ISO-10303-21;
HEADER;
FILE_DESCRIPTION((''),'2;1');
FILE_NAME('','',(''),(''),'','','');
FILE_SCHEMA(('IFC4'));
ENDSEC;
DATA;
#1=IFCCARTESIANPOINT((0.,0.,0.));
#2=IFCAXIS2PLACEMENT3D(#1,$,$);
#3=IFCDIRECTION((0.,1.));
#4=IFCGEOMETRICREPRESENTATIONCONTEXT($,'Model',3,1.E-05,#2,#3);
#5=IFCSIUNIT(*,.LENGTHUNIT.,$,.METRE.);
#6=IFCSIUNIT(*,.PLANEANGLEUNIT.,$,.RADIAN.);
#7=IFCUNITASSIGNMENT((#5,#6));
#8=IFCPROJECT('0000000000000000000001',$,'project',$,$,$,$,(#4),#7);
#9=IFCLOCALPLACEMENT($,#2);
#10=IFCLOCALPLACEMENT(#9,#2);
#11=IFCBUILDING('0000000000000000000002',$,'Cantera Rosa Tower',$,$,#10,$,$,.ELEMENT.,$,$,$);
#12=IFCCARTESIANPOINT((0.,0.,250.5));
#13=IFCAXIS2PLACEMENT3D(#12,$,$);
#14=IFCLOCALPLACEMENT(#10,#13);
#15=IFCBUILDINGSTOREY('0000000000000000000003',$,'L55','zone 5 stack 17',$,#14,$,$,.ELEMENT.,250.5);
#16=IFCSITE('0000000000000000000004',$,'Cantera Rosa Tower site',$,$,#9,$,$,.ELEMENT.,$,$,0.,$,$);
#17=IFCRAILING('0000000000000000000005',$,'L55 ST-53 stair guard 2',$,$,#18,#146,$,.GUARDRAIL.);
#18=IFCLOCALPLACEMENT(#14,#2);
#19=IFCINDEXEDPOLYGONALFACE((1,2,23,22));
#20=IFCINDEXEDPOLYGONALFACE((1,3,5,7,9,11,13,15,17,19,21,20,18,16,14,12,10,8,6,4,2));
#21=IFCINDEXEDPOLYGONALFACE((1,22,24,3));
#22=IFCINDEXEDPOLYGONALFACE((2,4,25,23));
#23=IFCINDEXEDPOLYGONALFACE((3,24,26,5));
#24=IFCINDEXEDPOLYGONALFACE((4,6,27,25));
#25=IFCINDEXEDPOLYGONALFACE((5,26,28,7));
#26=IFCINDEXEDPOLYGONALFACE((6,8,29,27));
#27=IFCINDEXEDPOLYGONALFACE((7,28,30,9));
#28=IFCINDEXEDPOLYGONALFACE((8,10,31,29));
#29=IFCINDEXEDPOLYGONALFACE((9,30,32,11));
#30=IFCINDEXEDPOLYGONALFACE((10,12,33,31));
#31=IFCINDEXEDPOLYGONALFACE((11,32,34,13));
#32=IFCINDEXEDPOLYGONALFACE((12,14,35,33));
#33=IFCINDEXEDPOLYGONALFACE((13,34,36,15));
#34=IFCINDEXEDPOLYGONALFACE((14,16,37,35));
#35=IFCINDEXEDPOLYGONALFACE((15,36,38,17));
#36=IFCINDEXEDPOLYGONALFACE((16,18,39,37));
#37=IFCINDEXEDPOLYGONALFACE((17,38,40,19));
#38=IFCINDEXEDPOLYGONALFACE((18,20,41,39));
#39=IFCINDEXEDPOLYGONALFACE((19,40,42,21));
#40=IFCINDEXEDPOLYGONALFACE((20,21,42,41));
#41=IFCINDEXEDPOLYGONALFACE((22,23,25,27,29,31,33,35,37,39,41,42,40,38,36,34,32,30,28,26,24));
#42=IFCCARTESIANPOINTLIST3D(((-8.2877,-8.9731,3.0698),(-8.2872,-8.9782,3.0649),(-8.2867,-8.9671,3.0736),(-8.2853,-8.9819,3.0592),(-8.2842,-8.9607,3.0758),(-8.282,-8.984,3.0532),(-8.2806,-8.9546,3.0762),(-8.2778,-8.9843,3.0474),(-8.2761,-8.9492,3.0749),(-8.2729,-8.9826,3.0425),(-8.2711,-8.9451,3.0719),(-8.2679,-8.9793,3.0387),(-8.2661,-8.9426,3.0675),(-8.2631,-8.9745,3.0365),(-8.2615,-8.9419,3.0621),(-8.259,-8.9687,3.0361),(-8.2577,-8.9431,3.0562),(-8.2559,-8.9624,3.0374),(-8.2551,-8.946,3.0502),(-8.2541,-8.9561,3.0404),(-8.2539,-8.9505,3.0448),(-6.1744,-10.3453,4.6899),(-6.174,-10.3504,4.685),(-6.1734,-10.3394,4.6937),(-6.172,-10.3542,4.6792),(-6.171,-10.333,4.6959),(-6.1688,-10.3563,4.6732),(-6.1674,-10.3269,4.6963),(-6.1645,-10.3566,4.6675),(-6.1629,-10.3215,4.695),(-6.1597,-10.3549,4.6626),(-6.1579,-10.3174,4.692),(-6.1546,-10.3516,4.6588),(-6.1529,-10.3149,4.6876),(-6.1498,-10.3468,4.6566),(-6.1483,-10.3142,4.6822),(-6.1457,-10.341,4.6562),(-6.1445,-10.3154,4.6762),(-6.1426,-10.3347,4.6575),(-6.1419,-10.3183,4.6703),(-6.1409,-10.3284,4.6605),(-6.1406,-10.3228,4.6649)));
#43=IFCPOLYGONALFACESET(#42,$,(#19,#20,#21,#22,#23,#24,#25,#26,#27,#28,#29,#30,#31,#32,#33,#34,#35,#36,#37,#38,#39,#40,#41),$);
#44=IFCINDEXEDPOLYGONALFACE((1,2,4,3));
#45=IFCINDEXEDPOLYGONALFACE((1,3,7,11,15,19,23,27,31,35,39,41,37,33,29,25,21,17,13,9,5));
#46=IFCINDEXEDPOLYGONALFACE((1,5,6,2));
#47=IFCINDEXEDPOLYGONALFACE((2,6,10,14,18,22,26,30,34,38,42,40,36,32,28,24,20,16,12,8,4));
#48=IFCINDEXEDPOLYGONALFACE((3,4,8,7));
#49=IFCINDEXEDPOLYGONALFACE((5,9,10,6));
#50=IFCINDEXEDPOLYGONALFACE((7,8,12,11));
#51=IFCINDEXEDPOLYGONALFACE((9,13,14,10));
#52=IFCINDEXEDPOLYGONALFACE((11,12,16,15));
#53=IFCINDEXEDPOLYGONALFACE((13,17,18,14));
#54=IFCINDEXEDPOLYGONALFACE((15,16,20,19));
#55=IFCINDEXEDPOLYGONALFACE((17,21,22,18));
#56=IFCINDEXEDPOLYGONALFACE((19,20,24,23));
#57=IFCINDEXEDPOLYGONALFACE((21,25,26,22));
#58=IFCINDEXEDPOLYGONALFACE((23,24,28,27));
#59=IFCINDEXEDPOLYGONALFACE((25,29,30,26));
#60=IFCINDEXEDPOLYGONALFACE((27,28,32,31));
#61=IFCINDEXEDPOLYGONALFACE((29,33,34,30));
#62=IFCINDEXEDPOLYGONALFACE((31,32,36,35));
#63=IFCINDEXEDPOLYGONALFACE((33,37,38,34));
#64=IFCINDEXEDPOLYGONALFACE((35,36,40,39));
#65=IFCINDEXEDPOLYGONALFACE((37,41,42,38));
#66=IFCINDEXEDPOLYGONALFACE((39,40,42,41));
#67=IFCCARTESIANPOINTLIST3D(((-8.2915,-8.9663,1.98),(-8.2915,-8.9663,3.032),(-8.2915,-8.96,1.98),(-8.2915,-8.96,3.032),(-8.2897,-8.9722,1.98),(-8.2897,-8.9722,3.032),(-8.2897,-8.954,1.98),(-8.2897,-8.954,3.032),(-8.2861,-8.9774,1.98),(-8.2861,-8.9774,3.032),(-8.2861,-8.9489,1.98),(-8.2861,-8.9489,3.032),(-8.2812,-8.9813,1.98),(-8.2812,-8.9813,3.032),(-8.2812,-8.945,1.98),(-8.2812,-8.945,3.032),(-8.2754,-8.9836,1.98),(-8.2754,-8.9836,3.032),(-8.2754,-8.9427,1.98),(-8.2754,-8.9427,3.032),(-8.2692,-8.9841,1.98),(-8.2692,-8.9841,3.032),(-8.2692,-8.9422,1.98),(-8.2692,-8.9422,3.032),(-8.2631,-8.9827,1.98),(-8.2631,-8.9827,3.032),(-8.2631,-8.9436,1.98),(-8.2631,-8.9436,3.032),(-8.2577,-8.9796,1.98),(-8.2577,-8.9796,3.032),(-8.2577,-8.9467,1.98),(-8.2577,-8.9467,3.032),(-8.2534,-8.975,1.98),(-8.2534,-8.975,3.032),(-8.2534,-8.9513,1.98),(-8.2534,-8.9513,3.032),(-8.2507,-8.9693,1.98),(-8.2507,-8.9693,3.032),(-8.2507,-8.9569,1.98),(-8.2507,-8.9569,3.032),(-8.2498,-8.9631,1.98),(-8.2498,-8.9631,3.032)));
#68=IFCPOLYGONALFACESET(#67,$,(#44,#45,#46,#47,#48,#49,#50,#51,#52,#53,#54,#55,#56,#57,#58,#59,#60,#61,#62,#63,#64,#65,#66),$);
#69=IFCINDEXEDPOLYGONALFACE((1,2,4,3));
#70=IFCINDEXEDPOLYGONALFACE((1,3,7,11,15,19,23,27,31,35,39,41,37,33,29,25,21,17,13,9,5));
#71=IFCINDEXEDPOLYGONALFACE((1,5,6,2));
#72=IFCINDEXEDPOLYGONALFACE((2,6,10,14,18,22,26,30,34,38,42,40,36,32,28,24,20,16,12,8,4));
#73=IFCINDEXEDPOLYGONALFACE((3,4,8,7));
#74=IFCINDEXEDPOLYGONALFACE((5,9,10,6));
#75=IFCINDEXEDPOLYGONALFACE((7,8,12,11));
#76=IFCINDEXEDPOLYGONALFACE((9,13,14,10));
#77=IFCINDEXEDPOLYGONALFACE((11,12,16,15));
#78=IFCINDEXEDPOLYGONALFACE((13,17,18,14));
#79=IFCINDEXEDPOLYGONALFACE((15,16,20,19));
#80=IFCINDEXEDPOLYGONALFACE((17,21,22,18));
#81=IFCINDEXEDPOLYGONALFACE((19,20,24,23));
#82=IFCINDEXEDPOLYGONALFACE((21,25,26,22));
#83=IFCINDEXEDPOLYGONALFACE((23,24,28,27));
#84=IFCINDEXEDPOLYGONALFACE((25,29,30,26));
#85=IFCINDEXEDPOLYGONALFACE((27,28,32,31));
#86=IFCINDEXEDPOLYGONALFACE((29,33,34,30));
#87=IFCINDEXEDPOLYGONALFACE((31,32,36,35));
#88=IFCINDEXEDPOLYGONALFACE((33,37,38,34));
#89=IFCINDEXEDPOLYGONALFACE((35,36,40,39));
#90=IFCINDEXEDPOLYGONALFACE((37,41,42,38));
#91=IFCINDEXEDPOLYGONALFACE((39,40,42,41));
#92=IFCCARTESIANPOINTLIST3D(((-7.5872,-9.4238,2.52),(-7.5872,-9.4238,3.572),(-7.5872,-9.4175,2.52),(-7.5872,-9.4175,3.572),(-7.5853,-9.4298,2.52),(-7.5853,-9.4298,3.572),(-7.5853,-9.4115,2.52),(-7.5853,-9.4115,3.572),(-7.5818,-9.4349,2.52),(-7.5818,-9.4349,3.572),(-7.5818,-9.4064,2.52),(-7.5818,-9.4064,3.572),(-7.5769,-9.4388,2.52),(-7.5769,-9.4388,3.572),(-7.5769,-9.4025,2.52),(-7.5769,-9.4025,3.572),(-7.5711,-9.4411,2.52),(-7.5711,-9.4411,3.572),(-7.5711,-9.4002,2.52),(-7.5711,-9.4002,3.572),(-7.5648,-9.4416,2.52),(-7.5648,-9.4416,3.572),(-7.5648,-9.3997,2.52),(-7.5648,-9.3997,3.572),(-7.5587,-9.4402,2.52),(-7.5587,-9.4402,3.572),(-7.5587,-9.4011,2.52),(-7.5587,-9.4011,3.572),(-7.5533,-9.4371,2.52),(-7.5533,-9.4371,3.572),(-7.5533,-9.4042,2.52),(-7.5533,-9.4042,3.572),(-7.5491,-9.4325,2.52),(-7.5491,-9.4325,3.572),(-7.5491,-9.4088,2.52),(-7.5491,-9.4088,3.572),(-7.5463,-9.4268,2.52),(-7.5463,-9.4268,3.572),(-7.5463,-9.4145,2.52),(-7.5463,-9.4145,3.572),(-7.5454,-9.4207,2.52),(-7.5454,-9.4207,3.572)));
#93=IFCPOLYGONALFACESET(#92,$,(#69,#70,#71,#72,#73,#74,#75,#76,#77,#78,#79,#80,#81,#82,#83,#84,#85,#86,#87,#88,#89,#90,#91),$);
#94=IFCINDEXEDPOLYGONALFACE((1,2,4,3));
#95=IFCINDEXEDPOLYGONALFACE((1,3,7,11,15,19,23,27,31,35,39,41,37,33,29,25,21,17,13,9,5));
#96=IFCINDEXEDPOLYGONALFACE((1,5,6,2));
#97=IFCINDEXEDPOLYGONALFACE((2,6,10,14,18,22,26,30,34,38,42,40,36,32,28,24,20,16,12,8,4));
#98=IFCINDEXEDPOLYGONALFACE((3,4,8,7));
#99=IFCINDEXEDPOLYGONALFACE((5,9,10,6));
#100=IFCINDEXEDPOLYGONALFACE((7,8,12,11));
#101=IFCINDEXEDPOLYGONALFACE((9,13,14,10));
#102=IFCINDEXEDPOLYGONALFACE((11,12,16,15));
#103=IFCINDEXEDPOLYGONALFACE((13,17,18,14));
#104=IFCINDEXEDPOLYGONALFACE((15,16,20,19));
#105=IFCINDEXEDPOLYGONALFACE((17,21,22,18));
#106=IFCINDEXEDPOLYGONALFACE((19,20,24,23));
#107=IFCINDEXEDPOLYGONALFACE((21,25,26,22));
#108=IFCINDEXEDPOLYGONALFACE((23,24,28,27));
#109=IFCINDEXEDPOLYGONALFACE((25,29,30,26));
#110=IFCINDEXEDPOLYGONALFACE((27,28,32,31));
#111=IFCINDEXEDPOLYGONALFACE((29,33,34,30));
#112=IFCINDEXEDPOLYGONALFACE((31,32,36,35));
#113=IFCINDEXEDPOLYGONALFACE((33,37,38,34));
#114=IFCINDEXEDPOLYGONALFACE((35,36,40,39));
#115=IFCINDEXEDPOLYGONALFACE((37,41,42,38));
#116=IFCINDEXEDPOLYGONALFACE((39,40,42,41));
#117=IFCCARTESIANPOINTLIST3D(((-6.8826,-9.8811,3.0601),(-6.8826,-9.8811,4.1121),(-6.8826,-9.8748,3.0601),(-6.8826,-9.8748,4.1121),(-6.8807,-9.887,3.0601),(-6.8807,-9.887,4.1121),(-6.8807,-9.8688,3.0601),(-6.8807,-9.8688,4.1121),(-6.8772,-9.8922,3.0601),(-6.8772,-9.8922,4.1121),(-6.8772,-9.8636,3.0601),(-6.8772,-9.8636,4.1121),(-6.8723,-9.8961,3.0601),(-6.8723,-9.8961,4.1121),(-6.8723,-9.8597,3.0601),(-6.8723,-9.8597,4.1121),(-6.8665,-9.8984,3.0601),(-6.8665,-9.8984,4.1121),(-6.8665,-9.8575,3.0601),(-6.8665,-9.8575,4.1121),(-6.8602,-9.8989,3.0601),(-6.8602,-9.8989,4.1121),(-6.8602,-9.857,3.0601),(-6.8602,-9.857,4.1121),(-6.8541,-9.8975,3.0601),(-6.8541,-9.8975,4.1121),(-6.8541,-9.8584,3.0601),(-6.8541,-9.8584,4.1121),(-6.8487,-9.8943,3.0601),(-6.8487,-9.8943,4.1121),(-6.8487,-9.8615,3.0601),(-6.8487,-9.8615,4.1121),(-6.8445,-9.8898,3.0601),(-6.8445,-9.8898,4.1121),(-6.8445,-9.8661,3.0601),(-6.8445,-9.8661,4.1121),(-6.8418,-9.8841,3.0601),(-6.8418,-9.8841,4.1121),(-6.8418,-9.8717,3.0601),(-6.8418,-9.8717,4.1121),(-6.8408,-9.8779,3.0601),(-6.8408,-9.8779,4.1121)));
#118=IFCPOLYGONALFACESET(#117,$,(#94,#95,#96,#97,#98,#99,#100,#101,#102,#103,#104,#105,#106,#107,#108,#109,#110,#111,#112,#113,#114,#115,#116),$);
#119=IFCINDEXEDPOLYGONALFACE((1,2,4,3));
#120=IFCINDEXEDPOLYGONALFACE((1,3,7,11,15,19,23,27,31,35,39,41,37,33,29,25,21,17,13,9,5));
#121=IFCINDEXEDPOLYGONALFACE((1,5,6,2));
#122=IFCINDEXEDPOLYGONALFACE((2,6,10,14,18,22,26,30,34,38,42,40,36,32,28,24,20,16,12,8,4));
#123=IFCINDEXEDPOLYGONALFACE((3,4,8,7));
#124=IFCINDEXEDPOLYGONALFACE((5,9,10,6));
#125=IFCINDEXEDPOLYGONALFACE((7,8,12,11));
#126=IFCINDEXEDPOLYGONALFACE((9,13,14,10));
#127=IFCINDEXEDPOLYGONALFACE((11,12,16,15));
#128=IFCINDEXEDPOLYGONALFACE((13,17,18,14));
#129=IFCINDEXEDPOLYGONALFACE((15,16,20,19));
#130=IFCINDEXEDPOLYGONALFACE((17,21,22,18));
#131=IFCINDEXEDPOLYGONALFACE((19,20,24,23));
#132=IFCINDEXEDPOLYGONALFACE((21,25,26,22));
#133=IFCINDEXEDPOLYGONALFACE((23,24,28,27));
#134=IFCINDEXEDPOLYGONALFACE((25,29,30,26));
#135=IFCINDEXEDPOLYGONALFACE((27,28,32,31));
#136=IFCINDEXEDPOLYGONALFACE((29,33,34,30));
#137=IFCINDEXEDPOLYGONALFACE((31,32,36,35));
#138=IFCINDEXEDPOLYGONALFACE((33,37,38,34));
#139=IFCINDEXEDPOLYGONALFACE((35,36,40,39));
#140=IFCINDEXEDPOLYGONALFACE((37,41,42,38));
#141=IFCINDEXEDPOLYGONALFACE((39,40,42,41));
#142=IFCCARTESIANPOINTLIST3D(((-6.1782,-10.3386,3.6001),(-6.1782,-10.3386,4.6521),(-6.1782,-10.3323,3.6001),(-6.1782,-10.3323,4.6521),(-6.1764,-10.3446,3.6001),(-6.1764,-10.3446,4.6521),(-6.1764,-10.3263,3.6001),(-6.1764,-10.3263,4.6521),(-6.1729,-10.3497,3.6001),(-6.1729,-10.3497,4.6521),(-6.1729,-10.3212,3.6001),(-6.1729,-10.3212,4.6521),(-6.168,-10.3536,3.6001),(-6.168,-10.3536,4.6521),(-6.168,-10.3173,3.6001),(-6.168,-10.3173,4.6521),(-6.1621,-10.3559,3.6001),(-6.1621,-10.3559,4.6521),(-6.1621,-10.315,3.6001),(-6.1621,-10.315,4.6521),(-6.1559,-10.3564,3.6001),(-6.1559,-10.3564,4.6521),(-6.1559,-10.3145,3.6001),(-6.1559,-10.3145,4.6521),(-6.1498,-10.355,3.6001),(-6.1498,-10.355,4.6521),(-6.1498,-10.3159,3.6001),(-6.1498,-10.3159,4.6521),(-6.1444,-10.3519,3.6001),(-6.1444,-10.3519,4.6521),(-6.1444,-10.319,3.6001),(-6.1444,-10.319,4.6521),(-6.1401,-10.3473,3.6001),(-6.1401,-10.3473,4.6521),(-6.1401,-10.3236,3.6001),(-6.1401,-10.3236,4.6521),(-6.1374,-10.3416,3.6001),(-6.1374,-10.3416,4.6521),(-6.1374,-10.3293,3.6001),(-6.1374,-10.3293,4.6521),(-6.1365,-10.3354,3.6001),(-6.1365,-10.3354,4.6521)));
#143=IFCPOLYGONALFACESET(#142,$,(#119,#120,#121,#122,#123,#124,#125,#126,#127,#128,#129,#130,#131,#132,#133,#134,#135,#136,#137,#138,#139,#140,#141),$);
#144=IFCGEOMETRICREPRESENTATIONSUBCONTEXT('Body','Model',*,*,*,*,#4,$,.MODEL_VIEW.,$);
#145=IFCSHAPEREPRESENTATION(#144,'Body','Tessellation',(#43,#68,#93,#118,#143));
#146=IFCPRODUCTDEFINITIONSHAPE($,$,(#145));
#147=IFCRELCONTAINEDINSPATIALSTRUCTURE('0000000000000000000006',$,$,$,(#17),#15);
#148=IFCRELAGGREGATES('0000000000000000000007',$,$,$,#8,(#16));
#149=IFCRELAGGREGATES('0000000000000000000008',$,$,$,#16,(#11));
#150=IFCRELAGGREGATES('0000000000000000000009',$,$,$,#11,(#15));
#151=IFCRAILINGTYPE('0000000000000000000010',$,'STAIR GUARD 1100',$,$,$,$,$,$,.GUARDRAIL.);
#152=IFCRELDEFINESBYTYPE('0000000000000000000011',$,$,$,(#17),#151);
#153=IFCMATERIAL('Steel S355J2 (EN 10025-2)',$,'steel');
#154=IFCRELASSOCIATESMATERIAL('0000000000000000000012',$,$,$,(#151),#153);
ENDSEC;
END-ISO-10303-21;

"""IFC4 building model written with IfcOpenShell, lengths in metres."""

from ifc_helpers import new_model, si_unit, direction, frame, origin, origin_2d, place, context, subcontext, project, spatial, circle, extrude, material, type_object, element, save


model = new_model("IFC4")

# Units and contexts
model_context = context("Model", 3, precision=1e-05, world=origin(), true_north=direction((0.0, 1.0)))
body_context = subcontext(model_context, "Body", "Model", "MODEL_VIEW")
ifc_project = project(units=[si_unit("LENGTHUNIT", "METRE"), si_unit("PLANEANGLEUNIT", "RADIAN")], contexts=[model_context])

# Site, building, storey
site_placement = place(None, origin())
site = spatial("IfcSite", under=ifc_project, at=site_placement, Name="Cantera Rosa Tower site", CompositionType="ELEMENT", RefElevation=0.0)
building_placement = place(site_placement, origin())
building = spatial("IfcBuilding", under=site, at=building_placement, Name="Cantera Rosa Tower", CompositionType="ELEMENT")
storey_placement = place(building_placement, frame((0.0, 0.0, 250.5)))
storey = spatial("IfcBuildingStorey", under=building, at=storey_placement, Name="L55", Description="zone 5 stack 17", CompositionType="ELEMENT", Elevation=250.5)

# Railing
ifc_material_1 = material(Name="Steel S355J2 (EN 10025-2)", Category="steel")
railing_type_1 = type_object("IfcRailingType", Name="STAIR GUARD 1100", PredefinedType="GUARDRAIL", material=ifc_material_1)
railing_1_placement = place(storey_placement, frame((-8.2708, -8.9631, 1.98)))
element("IfcRailing", 1, at=railing_1_placement, inside=storey, type_object=railing_type_1, Name="L55 ST-53 stair guard 2", PredefinedType="GUARDRAIL", context=body_context, shape_type="SweptSolid", body=[
    extrude(circle(Radius=0.0239, at=origin_2d()), frame((0.0, 0.0, 1.0762), z_axis=(0.705447, -0.458101, 0.540821), x_axis=(0.54462, 0.838683, 0.0)), (0.0, 0.0, 1.0), 2.9956),
    extrude(circle(Radius=0.021, at=origin_2d()), origin(), (0.0, 0.0, 1.0), 1.052),
    extrude(circle(Radius=0.021, at=origin_2d()), frame((0.7043, -0.4575, 0.54)), (0.0, 0.0, 1.0), 1.052),
    extrude(circle(Radius=0.021, at=origin_2d()), frame((1.4089, -0.9148, 1.0801)), (0.0, 0.0, 1.0), 1.052),
    extrude(circle(Radius=0.021, at=origin_2d()), frame((2.1133, -1.3723, 1.6201)), (0.0, 0.0, 1.0), 1.052),
])

save(model, "model.ifc")
